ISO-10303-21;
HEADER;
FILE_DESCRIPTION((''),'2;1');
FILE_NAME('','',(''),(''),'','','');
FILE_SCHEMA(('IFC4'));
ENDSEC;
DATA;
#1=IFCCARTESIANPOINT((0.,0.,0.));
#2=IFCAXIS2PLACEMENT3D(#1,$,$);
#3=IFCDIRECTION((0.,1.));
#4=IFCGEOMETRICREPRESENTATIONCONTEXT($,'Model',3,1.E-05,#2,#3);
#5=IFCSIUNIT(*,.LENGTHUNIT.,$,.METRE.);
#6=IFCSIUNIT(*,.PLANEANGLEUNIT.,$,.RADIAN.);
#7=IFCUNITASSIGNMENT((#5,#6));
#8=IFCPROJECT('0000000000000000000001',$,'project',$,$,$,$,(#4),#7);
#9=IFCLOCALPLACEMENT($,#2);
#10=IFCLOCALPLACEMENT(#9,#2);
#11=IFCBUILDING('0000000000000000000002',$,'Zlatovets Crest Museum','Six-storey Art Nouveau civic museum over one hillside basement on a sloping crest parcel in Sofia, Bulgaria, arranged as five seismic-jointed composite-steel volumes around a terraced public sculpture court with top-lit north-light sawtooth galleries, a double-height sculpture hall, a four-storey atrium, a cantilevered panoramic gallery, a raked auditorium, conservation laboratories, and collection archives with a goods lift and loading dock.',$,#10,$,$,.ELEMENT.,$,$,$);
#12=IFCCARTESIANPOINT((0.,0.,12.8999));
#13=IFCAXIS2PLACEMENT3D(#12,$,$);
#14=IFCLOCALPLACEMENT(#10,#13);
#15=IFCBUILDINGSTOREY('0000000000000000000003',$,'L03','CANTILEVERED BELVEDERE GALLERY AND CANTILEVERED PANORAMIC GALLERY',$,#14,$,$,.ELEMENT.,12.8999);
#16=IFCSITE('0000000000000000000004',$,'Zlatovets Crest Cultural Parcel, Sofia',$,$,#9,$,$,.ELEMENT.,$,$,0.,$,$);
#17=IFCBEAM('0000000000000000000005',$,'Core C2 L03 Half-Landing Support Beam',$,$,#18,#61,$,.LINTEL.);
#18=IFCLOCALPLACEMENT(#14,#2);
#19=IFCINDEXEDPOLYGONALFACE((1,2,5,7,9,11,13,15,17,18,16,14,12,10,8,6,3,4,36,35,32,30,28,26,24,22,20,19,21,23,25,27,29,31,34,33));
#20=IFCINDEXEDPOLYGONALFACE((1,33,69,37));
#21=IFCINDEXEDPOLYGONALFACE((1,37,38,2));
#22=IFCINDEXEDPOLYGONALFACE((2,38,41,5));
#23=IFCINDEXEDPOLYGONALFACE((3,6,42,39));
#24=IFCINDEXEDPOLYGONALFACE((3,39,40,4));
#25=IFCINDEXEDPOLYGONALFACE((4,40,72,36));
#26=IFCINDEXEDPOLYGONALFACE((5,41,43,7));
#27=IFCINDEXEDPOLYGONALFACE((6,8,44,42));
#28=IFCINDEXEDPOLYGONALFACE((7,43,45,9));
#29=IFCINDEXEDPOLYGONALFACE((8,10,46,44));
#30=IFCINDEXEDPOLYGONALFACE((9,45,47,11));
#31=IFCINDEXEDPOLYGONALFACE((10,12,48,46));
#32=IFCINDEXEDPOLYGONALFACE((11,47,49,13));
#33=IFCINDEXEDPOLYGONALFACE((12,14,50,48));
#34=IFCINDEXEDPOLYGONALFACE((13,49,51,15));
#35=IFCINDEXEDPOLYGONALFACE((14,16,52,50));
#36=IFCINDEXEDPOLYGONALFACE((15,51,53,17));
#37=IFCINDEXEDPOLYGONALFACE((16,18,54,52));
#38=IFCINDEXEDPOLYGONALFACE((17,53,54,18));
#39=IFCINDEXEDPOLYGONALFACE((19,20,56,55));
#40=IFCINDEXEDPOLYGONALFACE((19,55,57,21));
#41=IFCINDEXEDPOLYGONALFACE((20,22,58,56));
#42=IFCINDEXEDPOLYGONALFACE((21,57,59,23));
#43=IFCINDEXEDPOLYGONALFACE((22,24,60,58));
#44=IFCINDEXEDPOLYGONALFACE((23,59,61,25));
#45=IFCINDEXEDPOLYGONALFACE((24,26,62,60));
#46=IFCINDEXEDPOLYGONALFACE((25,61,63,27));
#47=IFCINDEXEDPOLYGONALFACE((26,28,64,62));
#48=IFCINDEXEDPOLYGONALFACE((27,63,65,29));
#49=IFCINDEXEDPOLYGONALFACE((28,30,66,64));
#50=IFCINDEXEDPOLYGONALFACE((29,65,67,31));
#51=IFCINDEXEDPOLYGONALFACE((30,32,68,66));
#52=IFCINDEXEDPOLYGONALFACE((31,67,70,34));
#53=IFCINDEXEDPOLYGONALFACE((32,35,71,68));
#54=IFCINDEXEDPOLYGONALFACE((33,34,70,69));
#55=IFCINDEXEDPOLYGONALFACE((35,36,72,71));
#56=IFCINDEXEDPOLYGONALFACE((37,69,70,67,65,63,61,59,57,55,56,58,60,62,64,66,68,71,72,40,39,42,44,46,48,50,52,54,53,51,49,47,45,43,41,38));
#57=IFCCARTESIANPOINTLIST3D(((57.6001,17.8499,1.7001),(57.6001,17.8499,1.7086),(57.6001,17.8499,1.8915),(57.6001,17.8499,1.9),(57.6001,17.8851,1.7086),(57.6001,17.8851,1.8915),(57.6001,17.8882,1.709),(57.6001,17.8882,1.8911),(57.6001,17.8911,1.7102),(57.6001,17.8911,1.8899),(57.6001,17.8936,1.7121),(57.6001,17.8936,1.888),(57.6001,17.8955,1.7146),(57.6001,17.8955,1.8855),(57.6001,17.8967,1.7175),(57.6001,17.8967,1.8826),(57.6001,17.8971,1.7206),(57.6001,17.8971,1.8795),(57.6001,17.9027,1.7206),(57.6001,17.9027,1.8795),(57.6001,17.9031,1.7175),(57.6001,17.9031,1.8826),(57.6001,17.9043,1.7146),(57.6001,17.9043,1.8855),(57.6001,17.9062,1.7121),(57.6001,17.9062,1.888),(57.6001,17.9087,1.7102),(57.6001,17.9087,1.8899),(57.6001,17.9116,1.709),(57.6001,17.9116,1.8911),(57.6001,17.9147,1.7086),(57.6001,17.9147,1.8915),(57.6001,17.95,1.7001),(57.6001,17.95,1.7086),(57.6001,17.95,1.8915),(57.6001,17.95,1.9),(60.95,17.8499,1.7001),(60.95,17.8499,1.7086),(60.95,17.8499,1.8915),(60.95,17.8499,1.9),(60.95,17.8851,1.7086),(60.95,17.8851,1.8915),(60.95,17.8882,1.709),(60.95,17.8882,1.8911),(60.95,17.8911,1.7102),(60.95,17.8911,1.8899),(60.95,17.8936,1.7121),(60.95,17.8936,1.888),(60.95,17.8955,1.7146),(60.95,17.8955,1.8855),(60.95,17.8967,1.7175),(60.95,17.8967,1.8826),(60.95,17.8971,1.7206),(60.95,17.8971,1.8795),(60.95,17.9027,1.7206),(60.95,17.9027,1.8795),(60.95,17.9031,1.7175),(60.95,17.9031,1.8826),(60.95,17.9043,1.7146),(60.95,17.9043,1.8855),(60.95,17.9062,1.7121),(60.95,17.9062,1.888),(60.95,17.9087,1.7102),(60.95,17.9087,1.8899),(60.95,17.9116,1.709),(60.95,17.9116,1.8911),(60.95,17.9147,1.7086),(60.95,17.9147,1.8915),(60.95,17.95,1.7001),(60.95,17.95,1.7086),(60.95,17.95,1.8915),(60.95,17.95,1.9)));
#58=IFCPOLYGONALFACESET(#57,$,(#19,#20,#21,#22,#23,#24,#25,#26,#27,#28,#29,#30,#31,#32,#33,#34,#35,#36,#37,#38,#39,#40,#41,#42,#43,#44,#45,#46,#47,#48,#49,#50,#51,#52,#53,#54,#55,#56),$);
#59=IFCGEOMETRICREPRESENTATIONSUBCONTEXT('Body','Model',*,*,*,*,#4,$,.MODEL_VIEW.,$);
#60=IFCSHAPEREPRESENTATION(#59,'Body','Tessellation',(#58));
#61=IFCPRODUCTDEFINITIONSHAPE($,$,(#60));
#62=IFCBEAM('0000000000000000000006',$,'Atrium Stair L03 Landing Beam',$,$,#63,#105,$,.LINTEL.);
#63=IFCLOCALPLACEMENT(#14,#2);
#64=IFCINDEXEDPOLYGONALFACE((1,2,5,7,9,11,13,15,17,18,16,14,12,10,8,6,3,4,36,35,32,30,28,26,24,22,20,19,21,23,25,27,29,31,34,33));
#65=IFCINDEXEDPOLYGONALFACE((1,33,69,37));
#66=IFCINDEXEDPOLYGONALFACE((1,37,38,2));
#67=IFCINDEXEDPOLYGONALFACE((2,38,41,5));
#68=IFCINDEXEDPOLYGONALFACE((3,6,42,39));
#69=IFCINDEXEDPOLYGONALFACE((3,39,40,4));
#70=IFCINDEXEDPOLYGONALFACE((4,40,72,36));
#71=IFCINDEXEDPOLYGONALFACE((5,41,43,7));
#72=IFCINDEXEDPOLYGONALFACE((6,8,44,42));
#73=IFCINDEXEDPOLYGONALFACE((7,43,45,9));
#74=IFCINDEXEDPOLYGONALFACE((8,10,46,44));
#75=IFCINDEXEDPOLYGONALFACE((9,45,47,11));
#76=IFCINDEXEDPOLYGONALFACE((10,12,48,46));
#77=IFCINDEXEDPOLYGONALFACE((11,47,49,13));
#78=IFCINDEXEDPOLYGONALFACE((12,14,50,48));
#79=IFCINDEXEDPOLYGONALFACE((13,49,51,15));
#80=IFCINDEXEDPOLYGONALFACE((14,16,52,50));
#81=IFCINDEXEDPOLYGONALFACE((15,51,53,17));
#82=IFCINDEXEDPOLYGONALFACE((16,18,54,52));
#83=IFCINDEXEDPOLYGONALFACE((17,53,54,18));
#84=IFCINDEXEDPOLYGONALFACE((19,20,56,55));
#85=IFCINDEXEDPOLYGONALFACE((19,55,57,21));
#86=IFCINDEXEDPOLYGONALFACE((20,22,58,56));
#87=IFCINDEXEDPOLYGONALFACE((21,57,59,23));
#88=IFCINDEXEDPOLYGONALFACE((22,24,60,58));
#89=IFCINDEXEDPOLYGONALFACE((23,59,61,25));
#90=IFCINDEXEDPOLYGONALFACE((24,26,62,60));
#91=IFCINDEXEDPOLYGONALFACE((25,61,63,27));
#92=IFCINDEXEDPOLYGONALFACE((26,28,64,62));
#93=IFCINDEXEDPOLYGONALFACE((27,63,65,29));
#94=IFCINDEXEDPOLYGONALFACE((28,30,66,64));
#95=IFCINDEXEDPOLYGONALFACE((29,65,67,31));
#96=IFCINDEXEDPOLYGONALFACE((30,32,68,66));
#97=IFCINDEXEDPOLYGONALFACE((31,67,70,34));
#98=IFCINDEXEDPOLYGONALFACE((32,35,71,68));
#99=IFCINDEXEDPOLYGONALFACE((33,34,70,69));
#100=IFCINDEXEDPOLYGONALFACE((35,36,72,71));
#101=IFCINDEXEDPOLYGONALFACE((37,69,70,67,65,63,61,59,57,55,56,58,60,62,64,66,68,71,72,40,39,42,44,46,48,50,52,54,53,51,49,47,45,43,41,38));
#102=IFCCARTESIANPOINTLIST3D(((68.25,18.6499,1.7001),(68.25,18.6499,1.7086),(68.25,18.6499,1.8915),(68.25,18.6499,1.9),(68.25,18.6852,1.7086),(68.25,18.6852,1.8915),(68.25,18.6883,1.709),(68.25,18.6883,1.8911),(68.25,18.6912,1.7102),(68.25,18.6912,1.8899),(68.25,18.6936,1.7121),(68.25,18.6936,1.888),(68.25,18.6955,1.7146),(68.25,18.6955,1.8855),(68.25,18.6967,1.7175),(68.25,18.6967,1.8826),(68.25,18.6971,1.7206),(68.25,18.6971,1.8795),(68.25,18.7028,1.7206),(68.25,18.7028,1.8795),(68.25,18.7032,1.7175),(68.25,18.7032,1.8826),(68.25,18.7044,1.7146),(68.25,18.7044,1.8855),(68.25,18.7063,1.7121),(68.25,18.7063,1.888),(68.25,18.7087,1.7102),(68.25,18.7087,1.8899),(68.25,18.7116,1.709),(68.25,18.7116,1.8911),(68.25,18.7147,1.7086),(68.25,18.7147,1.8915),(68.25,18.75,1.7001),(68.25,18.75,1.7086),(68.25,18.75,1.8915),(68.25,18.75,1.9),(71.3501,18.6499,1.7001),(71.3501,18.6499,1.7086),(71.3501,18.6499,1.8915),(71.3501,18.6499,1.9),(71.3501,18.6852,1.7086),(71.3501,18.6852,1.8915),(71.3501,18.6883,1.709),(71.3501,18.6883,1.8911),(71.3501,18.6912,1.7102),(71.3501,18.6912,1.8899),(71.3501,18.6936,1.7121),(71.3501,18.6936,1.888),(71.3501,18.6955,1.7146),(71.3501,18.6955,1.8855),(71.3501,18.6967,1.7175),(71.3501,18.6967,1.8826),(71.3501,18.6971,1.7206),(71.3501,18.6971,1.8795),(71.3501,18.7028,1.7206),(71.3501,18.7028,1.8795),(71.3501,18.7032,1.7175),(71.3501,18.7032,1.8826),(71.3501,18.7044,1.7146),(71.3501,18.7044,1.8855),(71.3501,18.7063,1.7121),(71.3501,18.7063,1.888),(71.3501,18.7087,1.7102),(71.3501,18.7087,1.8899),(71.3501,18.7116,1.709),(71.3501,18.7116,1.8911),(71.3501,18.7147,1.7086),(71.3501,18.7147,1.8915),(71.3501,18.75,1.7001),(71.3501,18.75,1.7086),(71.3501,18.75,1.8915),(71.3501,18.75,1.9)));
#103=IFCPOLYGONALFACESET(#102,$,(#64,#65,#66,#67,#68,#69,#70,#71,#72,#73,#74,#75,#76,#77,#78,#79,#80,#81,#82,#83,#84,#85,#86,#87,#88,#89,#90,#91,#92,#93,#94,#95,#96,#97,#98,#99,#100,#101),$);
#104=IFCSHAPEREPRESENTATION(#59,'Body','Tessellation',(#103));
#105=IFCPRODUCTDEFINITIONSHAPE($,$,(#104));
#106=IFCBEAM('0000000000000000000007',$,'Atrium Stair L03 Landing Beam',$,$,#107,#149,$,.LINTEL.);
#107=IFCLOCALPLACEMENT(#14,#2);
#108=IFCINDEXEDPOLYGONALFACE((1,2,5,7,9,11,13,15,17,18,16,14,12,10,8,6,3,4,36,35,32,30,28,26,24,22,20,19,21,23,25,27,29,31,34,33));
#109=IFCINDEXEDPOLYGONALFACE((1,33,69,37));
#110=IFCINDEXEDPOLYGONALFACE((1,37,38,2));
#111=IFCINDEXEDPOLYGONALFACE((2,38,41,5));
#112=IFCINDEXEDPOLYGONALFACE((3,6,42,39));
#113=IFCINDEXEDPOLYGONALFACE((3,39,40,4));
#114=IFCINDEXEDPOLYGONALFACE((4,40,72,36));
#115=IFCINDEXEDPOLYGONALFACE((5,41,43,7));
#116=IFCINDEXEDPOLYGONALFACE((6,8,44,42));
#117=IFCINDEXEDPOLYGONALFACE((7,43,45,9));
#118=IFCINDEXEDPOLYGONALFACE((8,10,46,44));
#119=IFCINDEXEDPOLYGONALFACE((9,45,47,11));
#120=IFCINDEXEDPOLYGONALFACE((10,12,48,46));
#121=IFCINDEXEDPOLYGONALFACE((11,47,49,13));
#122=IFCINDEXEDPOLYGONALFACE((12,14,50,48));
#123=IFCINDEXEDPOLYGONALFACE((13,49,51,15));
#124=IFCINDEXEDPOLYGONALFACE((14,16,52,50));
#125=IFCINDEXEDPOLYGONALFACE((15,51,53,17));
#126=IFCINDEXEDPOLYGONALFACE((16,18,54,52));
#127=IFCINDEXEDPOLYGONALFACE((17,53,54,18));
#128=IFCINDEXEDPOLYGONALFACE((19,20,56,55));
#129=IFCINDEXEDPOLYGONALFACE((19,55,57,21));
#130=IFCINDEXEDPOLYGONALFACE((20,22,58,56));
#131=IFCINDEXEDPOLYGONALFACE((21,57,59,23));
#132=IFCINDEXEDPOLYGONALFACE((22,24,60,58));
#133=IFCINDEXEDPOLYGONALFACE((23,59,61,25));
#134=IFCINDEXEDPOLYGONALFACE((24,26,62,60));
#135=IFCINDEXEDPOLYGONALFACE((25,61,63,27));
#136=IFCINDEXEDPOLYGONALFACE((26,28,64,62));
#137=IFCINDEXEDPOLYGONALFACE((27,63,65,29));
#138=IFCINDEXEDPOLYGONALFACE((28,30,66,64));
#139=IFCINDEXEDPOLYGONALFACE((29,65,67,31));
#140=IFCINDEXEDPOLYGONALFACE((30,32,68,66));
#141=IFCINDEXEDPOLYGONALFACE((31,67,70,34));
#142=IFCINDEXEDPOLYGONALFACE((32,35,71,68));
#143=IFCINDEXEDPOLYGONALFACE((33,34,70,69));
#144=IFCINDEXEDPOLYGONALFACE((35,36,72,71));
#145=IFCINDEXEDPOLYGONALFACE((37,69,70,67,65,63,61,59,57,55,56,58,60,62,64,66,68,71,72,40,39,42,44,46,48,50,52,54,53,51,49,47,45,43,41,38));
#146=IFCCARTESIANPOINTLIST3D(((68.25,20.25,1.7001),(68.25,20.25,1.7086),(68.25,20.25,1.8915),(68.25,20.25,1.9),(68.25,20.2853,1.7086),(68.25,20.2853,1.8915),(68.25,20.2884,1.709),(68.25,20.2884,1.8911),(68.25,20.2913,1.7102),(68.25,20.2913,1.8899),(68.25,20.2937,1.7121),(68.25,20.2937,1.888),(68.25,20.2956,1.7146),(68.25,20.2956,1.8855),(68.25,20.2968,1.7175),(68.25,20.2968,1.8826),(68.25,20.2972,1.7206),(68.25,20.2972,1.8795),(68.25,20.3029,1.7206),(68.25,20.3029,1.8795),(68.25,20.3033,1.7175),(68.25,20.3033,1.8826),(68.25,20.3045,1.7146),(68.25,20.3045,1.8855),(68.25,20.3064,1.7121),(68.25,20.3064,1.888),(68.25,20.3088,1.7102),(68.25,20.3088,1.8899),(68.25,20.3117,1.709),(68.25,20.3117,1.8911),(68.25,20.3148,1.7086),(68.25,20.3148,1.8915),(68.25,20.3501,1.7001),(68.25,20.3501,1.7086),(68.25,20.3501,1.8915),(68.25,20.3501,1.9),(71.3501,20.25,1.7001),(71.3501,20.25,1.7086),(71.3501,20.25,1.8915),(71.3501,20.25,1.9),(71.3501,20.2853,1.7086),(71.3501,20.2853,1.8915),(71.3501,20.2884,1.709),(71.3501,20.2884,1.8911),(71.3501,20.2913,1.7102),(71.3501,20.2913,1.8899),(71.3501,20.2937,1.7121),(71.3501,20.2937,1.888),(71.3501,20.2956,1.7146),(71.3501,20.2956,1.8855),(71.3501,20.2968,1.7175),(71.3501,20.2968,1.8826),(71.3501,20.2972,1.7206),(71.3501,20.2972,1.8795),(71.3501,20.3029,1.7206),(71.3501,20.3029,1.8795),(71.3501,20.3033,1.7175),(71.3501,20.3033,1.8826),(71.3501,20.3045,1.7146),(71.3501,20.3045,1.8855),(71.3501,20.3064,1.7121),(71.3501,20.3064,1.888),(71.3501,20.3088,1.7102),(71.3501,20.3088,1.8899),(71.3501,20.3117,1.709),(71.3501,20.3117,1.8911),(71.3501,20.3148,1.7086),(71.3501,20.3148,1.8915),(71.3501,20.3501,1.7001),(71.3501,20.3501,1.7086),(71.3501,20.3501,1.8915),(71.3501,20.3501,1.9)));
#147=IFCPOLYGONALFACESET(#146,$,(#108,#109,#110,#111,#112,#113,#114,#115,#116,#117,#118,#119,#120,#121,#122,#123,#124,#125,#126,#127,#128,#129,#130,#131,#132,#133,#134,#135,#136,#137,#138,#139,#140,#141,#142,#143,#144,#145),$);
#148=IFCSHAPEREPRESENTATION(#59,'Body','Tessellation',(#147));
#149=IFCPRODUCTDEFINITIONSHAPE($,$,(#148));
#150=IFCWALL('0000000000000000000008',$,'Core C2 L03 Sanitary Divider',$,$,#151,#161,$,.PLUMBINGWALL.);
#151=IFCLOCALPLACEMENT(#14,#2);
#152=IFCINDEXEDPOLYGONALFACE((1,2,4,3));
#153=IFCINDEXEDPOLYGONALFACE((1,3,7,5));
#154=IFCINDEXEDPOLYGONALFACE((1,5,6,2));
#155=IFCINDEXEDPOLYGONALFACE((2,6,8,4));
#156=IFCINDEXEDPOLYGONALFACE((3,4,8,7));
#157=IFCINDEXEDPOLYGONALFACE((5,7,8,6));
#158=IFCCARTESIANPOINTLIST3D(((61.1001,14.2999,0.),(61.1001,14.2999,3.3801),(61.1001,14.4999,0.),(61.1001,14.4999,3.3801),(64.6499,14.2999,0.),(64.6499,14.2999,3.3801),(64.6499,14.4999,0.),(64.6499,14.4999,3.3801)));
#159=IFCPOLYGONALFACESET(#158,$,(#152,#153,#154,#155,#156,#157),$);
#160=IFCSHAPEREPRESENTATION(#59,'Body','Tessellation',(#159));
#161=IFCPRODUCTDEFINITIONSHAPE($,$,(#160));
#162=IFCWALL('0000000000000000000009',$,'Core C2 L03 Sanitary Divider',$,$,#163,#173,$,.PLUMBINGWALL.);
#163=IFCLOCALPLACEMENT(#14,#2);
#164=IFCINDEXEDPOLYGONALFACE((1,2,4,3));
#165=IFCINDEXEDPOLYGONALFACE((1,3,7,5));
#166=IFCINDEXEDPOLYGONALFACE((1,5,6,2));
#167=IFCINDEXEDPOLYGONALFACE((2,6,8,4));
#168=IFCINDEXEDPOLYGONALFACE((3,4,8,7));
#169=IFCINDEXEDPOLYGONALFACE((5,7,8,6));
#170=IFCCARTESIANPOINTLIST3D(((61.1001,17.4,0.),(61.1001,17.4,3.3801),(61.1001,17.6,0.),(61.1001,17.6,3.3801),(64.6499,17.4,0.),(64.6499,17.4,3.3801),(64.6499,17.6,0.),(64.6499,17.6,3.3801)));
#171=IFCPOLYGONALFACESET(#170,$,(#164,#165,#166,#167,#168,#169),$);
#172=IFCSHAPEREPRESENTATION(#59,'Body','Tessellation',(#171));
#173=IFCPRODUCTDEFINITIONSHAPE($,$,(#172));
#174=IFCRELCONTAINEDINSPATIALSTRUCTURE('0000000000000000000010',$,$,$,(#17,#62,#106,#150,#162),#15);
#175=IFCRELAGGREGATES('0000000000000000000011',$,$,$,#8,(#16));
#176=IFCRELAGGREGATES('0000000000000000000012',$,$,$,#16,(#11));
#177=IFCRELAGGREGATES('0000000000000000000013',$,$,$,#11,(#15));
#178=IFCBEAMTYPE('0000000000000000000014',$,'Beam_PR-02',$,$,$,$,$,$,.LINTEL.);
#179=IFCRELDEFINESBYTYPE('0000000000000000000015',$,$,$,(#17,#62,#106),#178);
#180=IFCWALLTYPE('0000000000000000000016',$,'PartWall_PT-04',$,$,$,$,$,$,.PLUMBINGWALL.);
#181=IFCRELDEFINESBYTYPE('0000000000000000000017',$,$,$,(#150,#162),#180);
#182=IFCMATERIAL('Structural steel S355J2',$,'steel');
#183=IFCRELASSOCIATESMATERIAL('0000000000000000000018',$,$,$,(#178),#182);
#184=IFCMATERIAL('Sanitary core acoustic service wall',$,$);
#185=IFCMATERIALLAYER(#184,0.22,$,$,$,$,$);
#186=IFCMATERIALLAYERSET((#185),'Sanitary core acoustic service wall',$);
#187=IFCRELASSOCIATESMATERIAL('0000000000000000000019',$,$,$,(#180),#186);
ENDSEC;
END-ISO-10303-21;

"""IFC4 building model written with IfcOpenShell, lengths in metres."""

from ifc_helpers import new_model, si_unit, direction, frame, frame_2d, origin, origin_2d, place, context, subcontext, project, spatial, rectangle, i_section, extrude, material, layer, layer_set, material_profile, profile_set, type_object, element, save


model = new_model("IFC4")

# Units and contexts
model_context = context("Model", 3, precision=1e-05, world=origin(), true_north=direction((0.0, 1.0)))
body_context = subcontext(model_context, "Body", "Model", "MODEL_VIEW")
ifc_project = project(units=[si_unit("LENGTHUNIT", "METRE"), si_unit("PLANEANGLEUNIT", "RADIAN")], contexts=[model_context])

# Site, building, storey
site_placement = place(None, origin())
site = spatial("IfcSite", under=ifc_project, at=site_placement, Name="Zlatovets Crest Cultural Parcel, Sofia", CompositionType="ELEMENT", RefElevation=0.0)
building_placement = place(site_placement, origin())
building = spatial("IfcBuilding", under=site, at=building_placement, Name="Zlatovets Crest Museum", Description="Six-storey Art Nouveau civic museum over one hillside basement on a sloping crest parcel in Sofia, Bulgaria, arranged as five seismic-jointed composite-steel volumes around a terraced public sculpture court with top-lit north-light sawtooth galleries, a double-height sculpture hall, a four-storey atrium, a cantilevered panoramic gallery, a raked auditorium, conservation laboratories, and collection archives with a goods lift and loading dock.", CompositionType="ELEMENT")
storey_placement = place(building_placement, frame((0.0, 0.0, 12.8999)))
storey = spatial("IfcBuildingStorey", under=building, at=storey_placement, Name="L03", Description="CANTILEVERED BELVEDERE GALLERY AND CANTILEVERED PANORAMIC GALLERY", CompositionType="ELEMENT", Elevation=12.8999)

# Shared definitions
ifc_material_1 = material(Name="Structural steel S355J2", Category="steel")

# Beams
ifc_material_profile_1 = material_profile(ifc_material_1, i_section(OverallWidth=0.1001, OverallDepth=0.2, WebThickness=0.0056, FlangeThickness=0.0085, FilletRadius=0.012, at=origin_2d()), Name="IPE 200")
ifc_profile_set_1 = profile_set([ifc_material_profile_1], Name="Structural steel S355J2")
beam_type_1 = type_object("IfcBeamType", Name="Beam_PR-02", PredefinedType="LINTEL", material=ifc_profile_set_1)
for number, where, z_axis, x_axis, name in (
    (1, (57.6001, 17.8999, 1.8), (1.0, 0.0, 0.0), (0.0, 1.0, 0.0), "Core C2 L03 Half-Landing Support Beam"),
):
    element("IfcBeam", number, at=place(storey_placement, frame(where, z_axis=z_axis, x_axis=x_axis)), inside=storey, type_object=beam_type_1, Name=name, PredefinedType="LINTEL", context=body_context, shape_type="SweptSolid", body=[
        extrude(i_section(OverallWidth=0.1001, OverallDepth=0.2, WebThickness=0.0056, FlangeThickness=0.0085, FilletRadius=0.012, at=origin_2d()), origin(), (0.0, 0.0, 1.0), 3.3499),
    ])
for number, where, z_axis, x_axis, name in (
    (2, (68.25, 18.7, 1.8), (1.0, 0.0, 0.0), (0.0, 1.0, 0.0), "Atrium Stair L03 Landing Beam"),
    (3, (68.25, 20.3, 1.8), (1.0, 0.0, 0.0), (0.0, 1.0, 0.0), "Atrium Stair L03 Landing Beam"),
):
    element("IfcBeam", number, at=place(storey_placement, frame(where, z_axis=z_axis, x_axis=x_axis)), inside=storey, type_object=beam_type_1, Name=name, PredefinedType="LINTEL", context=body_context, shape_type="SweptSolid", body=[
        extrude(i_section(OverallWidth=0.1001, OverallDepth=0.2, WebThickness=0.0056, FlangeThickness=0.0085, FilletRadius=0.012, at=origin_2d()), origin(), (0.0, 0.0, 1.0), 3.1001),
    ])

# Walls
ifc_material_2 = material(Name="Sanitary core acoustic service wall")
ifc_layer = layer(ifc_material_2, 0.22)
ifc_layer_set = layer_set([ifc_layer], Name="Sanitary core acoustic service wall")
wall_type = type_object("IfcWallType", Name="PartWall_PT-04", PredefinedType="PLUMBINGWALL", material=ifc_layer_set)
for number, where, z_axis, x_axis, name in (
    (4, (61.1001, 14.3999, 0.0), (0.0, 0.0, 1.0), (1.0, 0.0, 0.0), "Core C2 L03 Sanitary Divider"),
    (5, (61.1001, 17.5, 0.0), (0.0, 0.0, 1.0), (1.0, 0.0, 0.0), "Core C2 L03 Sanitary Divider"),
):
    element("IfcWall", number, at=place(storey_placement, frame(where, z_axis=z_axis, x_axis=x_axis)), inside=storey, type_object=wall_type, Name=name, PredefinedType="PLUMBINGWALL", context=body_context, shape_type="SweptSolid", body=[
        extrude(rectangle(XDim=3.5498, YDim=0.2, at=frame_2d((1.7749, 0.0))), origin(), (0.0, 0.0, 1.0), 3.3801),
    ])

save(model, "model.ifc")
